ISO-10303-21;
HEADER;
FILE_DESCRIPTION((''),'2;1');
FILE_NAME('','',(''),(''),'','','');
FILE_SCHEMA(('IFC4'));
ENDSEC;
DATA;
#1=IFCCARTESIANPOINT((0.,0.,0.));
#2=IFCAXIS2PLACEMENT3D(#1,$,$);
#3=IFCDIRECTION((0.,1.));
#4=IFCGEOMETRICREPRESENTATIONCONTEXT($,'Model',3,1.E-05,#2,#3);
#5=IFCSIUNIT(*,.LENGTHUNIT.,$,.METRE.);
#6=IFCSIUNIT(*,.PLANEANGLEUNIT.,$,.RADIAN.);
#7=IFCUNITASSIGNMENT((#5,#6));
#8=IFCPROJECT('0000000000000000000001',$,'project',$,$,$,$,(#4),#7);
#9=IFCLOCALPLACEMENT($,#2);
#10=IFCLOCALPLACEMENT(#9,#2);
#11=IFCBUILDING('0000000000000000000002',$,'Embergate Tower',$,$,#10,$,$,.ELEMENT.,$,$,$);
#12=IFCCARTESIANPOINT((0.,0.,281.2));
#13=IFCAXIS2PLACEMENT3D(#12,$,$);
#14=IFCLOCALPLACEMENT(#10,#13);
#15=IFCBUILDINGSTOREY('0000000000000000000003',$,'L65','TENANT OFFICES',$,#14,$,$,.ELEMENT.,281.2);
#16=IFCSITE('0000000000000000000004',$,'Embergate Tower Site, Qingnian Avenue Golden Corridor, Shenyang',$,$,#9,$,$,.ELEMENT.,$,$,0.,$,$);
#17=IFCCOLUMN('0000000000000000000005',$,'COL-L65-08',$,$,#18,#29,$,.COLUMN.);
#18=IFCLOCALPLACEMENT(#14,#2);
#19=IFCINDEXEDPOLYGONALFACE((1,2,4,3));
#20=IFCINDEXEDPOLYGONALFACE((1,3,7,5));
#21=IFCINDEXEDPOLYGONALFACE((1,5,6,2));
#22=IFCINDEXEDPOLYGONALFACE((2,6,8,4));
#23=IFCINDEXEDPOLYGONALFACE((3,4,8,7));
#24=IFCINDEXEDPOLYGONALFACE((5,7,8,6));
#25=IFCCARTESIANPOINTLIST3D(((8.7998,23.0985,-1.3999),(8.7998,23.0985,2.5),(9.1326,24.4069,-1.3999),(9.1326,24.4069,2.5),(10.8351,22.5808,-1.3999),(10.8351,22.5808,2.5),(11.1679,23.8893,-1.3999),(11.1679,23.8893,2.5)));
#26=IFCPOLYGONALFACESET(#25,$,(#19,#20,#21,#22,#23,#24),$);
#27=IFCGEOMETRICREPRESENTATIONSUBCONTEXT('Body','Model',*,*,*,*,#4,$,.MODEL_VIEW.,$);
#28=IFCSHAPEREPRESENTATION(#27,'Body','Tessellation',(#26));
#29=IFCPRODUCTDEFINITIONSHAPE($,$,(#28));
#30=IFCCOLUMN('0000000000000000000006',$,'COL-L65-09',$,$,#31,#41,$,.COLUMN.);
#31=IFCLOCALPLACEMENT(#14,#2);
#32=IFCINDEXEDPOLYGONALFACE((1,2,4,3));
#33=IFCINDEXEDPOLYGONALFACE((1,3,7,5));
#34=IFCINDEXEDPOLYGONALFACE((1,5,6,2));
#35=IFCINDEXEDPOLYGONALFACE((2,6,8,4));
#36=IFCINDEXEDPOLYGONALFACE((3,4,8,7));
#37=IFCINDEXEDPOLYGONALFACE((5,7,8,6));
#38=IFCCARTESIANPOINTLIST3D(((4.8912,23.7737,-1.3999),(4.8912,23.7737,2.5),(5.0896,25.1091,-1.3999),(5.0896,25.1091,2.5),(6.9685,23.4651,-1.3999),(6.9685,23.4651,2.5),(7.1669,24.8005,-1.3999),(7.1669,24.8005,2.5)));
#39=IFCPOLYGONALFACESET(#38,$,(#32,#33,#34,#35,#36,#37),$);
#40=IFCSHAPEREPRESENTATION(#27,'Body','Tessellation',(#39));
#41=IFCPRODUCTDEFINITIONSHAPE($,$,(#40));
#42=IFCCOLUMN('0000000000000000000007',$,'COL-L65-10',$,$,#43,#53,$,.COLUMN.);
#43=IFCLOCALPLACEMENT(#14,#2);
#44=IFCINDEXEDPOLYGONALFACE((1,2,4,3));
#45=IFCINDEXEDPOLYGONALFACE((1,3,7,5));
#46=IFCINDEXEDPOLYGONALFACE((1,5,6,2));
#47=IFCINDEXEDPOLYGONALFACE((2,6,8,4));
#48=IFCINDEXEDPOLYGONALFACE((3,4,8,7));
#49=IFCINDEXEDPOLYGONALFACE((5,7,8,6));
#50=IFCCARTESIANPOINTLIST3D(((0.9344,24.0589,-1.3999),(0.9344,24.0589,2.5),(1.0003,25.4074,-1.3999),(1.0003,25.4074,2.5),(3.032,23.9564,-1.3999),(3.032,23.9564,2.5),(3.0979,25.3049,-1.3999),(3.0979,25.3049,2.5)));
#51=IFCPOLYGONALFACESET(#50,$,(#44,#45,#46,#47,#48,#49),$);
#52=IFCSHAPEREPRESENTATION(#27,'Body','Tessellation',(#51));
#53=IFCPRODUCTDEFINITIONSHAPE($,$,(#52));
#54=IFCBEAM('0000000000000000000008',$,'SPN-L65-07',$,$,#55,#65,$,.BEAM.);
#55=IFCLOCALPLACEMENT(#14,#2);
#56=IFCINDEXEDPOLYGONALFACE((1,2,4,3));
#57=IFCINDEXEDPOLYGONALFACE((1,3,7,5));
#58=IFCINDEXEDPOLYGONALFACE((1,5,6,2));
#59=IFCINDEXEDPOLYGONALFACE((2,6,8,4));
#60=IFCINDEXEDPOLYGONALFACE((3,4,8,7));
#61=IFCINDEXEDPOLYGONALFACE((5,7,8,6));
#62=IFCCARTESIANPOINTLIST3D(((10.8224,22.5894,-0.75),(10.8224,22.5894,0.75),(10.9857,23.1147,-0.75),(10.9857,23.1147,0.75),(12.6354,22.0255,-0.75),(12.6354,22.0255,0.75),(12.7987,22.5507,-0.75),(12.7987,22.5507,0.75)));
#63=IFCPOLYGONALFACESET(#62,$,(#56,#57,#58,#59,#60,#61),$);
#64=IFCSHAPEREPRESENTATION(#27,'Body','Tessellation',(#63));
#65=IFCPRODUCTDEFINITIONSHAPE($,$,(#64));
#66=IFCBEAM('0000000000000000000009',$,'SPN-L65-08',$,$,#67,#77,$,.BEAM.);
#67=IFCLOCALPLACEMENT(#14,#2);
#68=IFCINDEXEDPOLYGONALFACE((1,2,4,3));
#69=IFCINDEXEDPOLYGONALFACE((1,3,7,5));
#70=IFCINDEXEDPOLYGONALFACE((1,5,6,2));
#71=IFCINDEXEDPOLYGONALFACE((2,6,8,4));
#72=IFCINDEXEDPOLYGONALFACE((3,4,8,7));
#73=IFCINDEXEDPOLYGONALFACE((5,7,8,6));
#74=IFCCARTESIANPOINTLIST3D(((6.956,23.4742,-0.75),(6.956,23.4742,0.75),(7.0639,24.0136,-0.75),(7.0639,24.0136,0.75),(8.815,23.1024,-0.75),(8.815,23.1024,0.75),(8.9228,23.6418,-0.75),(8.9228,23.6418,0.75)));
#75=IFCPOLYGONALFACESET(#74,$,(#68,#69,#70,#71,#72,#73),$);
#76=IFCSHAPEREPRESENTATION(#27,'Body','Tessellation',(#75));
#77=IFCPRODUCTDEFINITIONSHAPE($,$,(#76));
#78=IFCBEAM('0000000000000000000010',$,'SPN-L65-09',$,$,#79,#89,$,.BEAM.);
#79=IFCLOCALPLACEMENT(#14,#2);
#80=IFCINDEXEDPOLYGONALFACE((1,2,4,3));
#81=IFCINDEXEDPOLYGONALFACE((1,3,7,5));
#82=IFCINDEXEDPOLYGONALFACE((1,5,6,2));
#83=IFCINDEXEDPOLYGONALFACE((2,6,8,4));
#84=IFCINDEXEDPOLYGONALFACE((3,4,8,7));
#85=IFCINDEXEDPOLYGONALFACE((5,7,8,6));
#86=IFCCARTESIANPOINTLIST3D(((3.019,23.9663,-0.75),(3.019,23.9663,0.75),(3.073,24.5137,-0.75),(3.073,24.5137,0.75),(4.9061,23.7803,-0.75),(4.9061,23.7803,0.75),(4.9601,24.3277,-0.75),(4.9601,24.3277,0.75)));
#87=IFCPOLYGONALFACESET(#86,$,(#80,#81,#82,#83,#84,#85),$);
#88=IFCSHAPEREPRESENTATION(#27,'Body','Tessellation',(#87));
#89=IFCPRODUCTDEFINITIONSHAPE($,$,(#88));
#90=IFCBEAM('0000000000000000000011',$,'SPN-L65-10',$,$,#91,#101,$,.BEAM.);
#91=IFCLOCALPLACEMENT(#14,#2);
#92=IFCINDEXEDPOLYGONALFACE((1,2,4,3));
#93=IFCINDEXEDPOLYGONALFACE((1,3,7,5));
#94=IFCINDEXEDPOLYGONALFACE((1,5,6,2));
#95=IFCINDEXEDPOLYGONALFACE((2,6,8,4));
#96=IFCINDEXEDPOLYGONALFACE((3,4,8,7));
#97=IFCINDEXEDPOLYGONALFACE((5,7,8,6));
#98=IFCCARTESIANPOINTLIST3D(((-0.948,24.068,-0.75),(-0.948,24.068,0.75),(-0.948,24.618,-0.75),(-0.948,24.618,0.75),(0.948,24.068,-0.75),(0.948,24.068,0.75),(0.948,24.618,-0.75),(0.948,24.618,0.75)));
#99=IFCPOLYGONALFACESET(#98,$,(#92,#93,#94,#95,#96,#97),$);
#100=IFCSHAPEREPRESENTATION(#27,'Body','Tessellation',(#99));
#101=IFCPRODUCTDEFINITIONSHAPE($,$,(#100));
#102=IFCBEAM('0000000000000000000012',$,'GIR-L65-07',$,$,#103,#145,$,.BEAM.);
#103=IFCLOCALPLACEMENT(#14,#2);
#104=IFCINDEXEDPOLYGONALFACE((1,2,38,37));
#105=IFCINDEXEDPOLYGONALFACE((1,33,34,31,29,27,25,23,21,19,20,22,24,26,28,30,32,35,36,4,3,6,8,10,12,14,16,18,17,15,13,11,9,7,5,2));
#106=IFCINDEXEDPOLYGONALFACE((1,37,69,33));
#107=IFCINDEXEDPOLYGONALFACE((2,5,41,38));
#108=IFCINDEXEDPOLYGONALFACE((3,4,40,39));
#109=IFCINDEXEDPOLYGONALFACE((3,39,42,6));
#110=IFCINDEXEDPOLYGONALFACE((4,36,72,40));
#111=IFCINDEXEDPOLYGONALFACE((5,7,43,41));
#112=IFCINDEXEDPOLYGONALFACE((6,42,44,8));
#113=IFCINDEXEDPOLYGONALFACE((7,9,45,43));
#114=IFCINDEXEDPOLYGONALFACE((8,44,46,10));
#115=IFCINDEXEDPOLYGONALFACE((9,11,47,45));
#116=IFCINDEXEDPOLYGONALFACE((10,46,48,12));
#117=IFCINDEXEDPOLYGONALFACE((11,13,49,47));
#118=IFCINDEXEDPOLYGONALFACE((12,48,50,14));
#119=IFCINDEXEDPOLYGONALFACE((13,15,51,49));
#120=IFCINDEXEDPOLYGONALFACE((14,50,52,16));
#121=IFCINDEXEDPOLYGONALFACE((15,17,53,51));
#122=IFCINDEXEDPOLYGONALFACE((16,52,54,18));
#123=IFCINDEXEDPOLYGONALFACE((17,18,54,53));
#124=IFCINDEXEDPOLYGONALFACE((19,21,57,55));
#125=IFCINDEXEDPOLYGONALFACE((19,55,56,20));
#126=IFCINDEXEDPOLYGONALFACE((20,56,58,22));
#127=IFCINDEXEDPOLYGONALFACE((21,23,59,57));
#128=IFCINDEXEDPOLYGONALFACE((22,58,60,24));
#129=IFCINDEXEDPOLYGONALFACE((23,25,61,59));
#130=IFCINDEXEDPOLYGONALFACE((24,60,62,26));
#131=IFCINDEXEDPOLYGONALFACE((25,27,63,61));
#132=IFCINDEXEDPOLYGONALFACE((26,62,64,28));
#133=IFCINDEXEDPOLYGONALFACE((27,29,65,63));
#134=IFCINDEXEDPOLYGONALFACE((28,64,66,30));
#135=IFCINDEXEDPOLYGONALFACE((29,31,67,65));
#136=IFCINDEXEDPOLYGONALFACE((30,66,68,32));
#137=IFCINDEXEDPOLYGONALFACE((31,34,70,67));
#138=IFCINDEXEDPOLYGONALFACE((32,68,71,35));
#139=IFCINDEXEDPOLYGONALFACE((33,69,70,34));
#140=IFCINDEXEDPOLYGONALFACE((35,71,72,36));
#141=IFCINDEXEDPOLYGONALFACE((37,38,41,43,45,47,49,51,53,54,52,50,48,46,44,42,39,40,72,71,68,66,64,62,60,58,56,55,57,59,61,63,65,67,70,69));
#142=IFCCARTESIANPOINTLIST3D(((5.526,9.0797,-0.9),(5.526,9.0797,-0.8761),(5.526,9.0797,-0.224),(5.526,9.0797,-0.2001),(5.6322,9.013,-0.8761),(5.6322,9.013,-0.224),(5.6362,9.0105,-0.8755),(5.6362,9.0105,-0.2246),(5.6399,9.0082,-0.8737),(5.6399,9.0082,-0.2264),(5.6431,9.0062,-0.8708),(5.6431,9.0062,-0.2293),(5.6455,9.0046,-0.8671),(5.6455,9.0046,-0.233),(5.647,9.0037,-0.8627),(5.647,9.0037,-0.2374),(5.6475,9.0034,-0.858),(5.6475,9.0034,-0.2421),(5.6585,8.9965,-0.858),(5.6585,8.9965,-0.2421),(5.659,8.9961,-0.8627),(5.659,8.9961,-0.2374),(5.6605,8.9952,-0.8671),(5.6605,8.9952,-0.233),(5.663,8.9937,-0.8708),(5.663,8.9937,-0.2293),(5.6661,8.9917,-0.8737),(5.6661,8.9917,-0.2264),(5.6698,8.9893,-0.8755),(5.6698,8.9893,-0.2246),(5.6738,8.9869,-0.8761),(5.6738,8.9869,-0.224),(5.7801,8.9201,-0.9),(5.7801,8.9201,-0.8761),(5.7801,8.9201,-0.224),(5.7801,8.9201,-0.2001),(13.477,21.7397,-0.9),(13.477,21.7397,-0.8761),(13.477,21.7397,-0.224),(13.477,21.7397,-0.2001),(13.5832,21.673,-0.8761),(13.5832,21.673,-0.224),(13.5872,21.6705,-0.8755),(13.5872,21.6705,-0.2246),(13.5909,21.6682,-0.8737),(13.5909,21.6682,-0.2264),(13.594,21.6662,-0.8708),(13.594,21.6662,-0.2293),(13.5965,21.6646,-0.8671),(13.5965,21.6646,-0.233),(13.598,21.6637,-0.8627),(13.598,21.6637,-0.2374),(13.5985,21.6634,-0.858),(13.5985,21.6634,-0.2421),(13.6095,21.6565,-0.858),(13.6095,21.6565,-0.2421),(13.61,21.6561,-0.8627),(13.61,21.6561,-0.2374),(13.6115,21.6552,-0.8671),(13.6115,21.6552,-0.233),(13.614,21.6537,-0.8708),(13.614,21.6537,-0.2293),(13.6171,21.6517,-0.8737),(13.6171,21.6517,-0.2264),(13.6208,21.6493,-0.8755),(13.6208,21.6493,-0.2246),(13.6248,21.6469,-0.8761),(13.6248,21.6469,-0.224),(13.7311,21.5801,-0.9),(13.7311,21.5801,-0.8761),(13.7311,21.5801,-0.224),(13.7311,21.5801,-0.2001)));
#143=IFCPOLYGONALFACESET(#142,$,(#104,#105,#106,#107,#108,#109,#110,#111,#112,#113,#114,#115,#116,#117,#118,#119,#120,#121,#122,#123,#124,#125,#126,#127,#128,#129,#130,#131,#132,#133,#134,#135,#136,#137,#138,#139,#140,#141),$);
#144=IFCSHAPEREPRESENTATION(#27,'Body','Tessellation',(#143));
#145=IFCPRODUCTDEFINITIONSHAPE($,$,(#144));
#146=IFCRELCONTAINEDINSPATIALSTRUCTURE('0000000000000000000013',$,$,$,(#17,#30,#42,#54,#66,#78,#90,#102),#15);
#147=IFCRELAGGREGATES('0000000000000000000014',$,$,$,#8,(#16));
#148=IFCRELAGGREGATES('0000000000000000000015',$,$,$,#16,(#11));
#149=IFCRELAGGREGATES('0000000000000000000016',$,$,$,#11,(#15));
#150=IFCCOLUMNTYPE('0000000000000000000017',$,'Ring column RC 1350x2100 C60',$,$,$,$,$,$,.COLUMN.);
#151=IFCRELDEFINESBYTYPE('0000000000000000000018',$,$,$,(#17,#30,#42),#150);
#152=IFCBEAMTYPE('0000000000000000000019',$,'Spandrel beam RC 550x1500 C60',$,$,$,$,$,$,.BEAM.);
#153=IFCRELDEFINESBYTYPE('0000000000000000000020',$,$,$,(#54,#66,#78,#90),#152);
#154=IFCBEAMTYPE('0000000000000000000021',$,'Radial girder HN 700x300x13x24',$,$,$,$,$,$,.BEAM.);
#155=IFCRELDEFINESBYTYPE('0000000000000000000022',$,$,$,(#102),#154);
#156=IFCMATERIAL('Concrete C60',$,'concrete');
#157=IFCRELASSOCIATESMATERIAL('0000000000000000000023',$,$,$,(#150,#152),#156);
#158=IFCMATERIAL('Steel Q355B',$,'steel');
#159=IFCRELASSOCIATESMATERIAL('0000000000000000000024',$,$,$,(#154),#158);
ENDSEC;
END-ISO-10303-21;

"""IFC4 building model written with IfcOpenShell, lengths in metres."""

from ifc_helpers import new_model, si_unit, direction, frame, origin, origin_2d, place, context, subcontext, project, spatial, rectangle, i_section, extrude, source, transform, mapped, material, material_profile, profile_set, type_object, element, save


model = new_model("IFC4")

# Units and contexts
model_context = context("Model", 3, precision=1e-05, world=origin(), true_north=direction((0.0, 1.0)))
body_context = subcontext(model_context, "Body", "Model", "MODEL_VIEW")
ifc_project = project(units=[si_unit("LENGTHUNIT", "METRE"), si_unit("PLANEANGLEUNIT", "RADIAN")], contexts=[model_context])

# Site, building, storey
site_placement = place(None, origin())
site = spatial("IfcSite", under=ifc_project, at=site_placement, Name="Embergate Tower Site, Qingnian Avenue Golden Corridor, Shenyang", CompositionType="ELEMENT", RefElevation=0.0)
building_placement = place(site_placement, origin())
building = spatial("IfcBuilding", under=site, at=building_placement, Name="Embergate Tower", CompositionType="ELEMENT")
storey_placement = place(building_placement, frame((0.0, 0.0, 281.2)))
storey = spatial("IfcBuildingStorey", under=building, at=storey_placement, Name="L65", Description="TENANT OFFICES", CompositionType="ELEMENT", Elevation=281.2)

# Columns
ifc_material_1 = material(Name="Concrete C60", Category="concrete")
ifc_material_profile_1 = material_profile(ifc_material_1, rectangle(XDim=1.3501, YDim=2.1001, at=origin_2d()), Name="RC 1350x2100")
ifc_profile_set_1 = profile_set([ifc_material_profile_1], Name="Concrete C60")
column_type = type_object("IfcColumnType", Name="Ring column RC 1350x2100 C60", PredefinedType="COLUMN", material=ifc_profile_set_1)
shared_shape_1 = source(origin(), body_context, "Body", "SweptSolid", [
    extrude(rectangle(XDim=1.3501, YDim=2.1001, at=origin_2d()), origin(), (0.0, 0.0, 1.0), 3.8999),
])
for number, where, z_axis, x_axis, name in (
    (1, (9.9839, 23.4939, -1.3999), (0.0, 0.0, 1.0), (0.246492, 0.969145, 0.0), "COL-L65-08"),
    (2, (6.0291, 24.2871, -1.3999), (0.0, 0.0, 1.0), (0.146929, 0.989147, 0.0), "COL-L65-09"),
    (3, (2.0161, 24.6819, -1.3999), (0.0, 0.0, 1.0), (0.048815, 0.998808, 0.0), "COL-L65-10"),
):
    element("IfcColumn", number, at=place(storey_placement, frame(where, z_axis=z_axis, x_axis=x_axis)), inside=storey, type_object=column_type, Name=name, PredefinedType="COLUMN", context=body_context, shape_type="MappedRepresentation", body=[
        mapped(shared_shape_1, transform((0.0, 0.0, 0.0))),
    ])

# Beams
ifc_material_profile_2 = material_profile(ifc_material_1, rectangle(XDim=0.55, YDim=1.5, at=origin_2d()), Name="RC 550x1500")
ifc_profile_set_2 = profile_set([ifc_material_profile_2], Name="Concrete C60")
beam_type_1 = type_object("IfcBeamType", Name="Spandrel beam RC 550x1500 C60", PredefinedType="BEAM", material=ifc_profile_set_2)
shared_shape_2 = source(origin(), body_context, "Body", "SweptSolid", [
    extrude(rectangle(XDim=0.55, YDim=1.5, at=origin_2d()), origin(), (0.0, 0.0, 1.0), 1.8987),
])
beam_1_placement = place(storey_placement, frame((12.717, 22.2881, 0.0), z_axis=(-0.954868, 0.29703, 0.0), x_axis=(-0.29703, -0.954868, 0.0)))
element("IfcBeam", 4, at=beam_1_placement, inside=storey, type_object=beam_type_1, Name="SPN-L65-07", PredefinedType="BEAM", context=body_context, shape_type="MappedRepresentation", body=[
    mapped(shared_shape_2, transform((0.0, 0.0, 0.0))),
])
shared_shape_3 = source(origin(), body_context, "Body", "SweptSolid", [
    extrude(rectangle(XDim=0.55, YDim=1.5, at=origin_2d()), origin(), (0.0, 0.0, 1.0), 1.8958),
])
beam_2_placement = place(storey_placement, frame((8.8689, 23.3721, 0.0), z_axis=(-0.980576, 0.196141, 0.0), x_axis=(-0.196141, -0.980576, 0.0)))
element("IfcBeam", 5, at=beam_2_placement, inside=storey, type_object=beam_type_1, Name="SPN-L65-08", PredefinedType="BEAM", context=body_context, shape_type="MappedRepresentation", body=[
    mapped(shared_shape_3, transform((0.0, 0.0, 0.0))),
])
shared_shape_4 = source(origin(), body_context, "Body", "SweptSolid", [
    extrude(rectangle(XDim=0.55, YDim=1.5, at=origin_2d()), origin(), (0.0, 0.0, 1.0), 1.8962),
])
beam_3_placement = place(storey_placement, frame((4.9331, 24.054, 0.0), z_axis=(-0.995176, 0.098101, 0.0), x_axis=(-0.098101, -0.995176, 0.0)))
element("IfcBeam", 6, at=beam_3_placement, inside=storey, type_object=beam_type_1, Name="SPN-L65-09", PredefinedType="BEAM", context=body_context, shape_type="MappedRepresentation", body=[
    mapped(shared_shape_4, transform((0.0, 0.0, 0.0))),
])
shared_shape_5 = source(origin(), body_context, "Body", "SweptSolid", [
    extrude(rectangle(XDim=0.55, YDim=1.5, at=origin_2d()), origin(), (0.0, 0.0, 1.0), 1.896),
])
beam_4_placement = place(storey_placement, frame((0.948, 24.343, 0.0), z_axis=(-1.0, 0.0, 0.0), x_axis=(0.0, -1.0, 0.0)))
element("IfcBeam", 7, at=beam_4_placement, inside=storey, type_object=beam_type_1, Name="SPN-L65-10", PredefinedType="BEAM", context=body_context, shape_type="MappedRepresentation", body=[
    mapped(shared_shape_5, transform((0.0, 0.0, 0.0))),
])
ifc_material_2 = material(Name="Steel Q355B", Category="steel")
ifc_material_profile_3 = material_profile(ifc_material_2, i_section(OverallWidth=0.3, OverallDepth=0.7, WebThickness=0.0129, FlangeThickness=0.0239, FilletRadius=0.0181, at=origin_2d()), Name="HN 700x300x13x24")
ifc_profile_set_3 = profile_set([ifc_material_profile_3], Name="Steel Q355 grade B")
beam_type_2 = type_object("IfcBeamType", Name="Radial girder HN 700x300x13x24", PredefinedType="BEAM", material=ifc_profile_set_3)
shared_shape_6 = source(origin(), body_context, "Body", "SweptSolid", [
    extrude(i_section(OverallWidth=0.3, OverallDepth=0.7, WebThickness=0.0129, FlangeThickness=0.0239, FilletRadius=0.0181, at=origin_2d()), origin(), (0.0, 0.0, 1.0), 14.9497),
])
beam_5_placement = place(storey_placement, frame((13.604, 21.6599, -0.55), z_axis=(-0.531849, -0.846839, 0.0), x_axis=(0.846839, -0.531849, 0.0)))
element("IfcBeam", 8, at=beam_5_placement, inside=storey, type_object=beam_type_2, Name="GIR-L65-07", PredefinedType="BEAM", context=body_context, shape_type="MappedRepresentation", body=[
    mapped(shared_shape_6, transform((0.0, 0.0, 0.0))),
])

save(model, "model.ifc")
